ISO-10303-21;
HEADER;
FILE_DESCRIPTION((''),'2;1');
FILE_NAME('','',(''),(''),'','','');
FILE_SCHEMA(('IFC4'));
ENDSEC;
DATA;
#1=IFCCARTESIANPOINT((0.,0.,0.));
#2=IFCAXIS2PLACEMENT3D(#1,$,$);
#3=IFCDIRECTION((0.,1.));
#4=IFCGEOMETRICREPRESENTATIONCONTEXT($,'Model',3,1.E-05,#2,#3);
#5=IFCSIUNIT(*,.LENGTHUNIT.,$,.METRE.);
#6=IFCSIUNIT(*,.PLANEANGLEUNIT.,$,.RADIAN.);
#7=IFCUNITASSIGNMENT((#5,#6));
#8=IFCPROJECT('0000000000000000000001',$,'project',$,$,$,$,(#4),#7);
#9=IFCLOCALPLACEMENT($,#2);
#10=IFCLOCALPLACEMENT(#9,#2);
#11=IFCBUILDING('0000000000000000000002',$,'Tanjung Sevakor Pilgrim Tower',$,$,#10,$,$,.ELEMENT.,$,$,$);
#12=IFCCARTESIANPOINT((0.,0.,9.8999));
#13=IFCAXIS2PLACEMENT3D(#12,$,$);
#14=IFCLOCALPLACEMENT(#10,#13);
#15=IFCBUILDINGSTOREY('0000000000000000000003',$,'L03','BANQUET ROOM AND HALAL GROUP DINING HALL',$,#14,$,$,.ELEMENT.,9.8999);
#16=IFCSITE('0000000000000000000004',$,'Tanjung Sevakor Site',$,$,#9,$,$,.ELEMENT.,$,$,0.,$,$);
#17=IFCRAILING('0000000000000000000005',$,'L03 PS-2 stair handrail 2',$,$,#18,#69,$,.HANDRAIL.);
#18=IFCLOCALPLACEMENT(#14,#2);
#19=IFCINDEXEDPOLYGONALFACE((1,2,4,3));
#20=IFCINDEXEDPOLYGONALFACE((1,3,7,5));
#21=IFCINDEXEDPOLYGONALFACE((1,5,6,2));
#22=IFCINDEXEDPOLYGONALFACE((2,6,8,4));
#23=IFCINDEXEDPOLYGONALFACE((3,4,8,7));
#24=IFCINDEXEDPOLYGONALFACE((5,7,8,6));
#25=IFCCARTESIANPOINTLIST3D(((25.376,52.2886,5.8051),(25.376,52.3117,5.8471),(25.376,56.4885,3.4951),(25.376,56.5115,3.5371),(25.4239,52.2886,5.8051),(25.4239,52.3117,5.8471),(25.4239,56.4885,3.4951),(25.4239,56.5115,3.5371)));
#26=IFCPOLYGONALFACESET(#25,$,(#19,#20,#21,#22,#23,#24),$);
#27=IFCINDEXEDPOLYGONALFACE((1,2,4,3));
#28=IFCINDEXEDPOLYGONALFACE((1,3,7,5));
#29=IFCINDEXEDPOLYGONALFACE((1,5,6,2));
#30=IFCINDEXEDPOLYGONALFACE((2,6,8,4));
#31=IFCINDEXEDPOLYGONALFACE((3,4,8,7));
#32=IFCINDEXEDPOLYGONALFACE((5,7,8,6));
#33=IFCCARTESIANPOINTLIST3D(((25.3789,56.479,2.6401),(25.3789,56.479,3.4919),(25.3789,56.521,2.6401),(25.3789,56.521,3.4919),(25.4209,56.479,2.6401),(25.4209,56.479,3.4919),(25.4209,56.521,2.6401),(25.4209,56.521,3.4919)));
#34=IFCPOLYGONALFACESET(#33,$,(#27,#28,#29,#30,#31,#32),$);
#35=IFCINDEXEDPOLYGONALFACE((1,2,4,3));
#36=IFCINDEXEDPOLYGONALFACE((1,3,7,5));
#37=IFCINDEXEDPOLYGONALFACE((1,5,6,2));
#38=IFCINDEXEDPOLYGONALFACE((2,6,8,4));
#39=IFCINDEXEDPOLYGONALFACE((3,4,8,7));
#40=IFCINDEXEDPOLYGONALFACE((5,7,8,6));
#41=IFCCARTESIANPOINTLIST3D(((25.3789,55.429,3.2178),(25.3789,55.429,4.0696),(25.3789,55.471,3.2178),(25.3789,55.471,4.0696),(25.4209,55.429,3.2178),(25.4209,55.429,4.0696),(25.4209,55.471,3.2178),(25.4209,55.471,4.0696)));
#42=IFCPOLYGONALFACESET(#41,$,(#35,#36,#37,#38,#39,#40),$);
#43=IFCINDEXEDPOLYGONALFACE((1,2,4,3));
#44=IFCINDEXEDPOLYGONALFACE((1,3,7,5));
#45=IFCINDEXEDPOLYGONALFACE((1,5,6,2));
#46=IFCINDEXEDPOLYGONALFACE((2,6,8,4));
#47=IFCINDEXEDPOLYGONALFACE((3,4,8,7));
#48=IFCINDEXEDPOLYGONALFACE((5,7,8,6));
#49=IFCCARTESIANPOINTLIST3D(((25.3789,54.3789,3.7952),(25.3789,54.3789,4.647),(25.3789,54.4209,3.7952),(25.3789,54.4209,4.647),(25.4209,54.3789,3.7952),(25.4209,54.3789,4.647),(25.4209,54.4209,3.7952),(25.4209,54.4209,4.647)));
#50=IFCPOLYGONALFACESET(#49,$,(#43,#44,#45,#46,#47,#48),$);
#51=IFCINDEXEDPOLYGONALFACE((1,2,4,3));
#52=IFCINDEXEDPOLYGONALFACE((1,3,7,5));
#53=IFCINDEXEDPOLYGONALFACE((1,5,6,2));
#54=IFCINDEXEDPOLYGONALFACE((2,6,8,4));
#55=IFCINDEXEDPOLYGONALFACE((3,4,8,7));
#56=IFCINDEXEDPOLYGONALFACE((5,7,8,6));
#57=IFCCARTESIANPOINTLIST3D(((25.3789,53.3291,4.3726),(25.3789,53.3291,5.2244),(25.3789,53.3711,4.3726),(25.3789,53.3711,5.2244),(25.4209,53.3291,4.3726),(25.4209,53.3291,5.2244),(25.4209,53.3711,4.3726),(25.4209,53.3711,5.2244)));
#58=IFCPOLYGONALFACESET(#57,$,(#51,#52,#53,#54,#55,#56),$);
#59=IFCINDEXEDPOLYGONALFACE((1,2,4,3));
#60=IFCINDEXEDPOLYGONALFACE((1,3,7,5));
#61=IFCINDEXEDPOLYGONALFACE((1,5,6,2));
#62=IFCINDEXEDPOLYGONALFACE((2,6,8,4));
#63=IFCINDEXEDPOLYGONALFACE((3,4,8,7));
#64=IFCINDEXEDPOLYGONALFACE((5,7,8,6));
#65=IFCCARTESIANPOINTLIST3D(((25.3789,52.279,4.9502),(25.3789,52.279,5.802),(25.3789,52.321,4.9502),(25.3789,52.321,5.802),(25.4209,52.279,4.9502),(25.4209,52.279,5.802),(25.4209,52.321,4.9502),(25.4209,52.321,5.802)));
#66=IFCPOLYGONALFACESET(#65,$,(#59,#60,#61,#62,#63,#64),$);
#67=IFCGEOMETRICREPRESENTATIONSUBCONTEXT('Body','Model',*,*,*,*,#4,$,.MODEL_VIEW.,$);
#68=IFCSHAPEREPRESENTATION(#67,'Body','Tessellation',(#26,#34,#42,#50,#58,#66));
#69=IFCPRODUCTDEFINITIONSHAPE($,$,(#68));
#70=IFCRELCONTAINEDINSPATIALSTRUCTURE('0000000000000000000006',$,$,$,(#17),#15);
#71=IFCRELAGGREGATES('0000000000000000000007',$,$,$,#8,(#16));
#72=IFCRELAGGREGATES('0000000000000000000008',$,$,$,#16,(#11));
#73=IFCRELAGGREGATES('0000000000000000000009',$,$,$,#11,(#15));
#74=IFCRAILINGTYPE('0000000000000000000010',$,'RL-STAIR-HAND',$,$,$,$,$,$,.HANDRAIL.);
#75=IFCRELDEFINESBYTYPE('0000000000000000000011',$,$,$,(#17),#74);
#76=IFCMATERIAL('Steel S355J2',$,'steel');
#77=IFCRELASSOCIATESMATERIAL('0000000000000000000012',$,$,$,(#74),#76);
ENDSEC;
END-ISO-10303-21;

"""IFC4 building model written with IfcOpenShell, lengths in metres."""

from ifc_helpers import new_model, si_unit, direction, frame, origin, place, context, subcontext, project, spatial, rectangle, extrude, material, type_object, element, save


model = new_model("IFC4")

# Units and contexts
model_context = context("Model", 3, precision=1e-05, world=origin(), true_north=direction((0.0, 1.0)))
body_context = subcontext(model_context, "Body", "Model", "MODEL_VIEW")
ifc_project = project(units=[si_unit("LENGTHUNIT", "METRE"), si_unit("PLANEANGLEUNIT", "RADIAN")], contexts=[model_context])

# Site, building, storey
site_placement = place(None, origin())
site = spatial("IfcSite", under=ifc_project, at=site_placement, Name="Tanjung Sevakor Site", CompositionType="ELEMENT", RefElevation=0.0)
building_placement = place(site_placement, origin())
building = spatial("IfcBuilding", under=site, at=building_placement, Name="Tanjung Sevakor Pilgrim Tower", CompositionType="ELEMENT")
storey_placement = place(building_placement, frame((0.0, 0.0, 9.8999)))
storey = spatial("IfcBuildingStorey", under=building, at=storey_placement, Name="L03", Description="BANQUET ROOM AND HALAL GROUP DINING HALL", CompositionType="ELEMENT", Elevation=9.8999)

# Railing
ifc_material_1 = material(Name="Steel S355J2", Category="steel")
railing_type_1 = type_object("IfcRailingType", Name="RL-STAIR-HAND", PredefinedType="HANDRAIL", material=ifc_material_1)
railing_1_placement = place(storey_placement, frame((25.3999, 56.5, 2.6401)))
element("IfcRailing", 1, at=railing_1_placement, inside=storey, type_object=railing_type_1, Name="L03 PS-2 stair handrail 2", PredefinedType="HANDRAIL", context=body_context, shape_type="SweptSolid", body=[
    extrude(rectangle(XDim=0.0479, YDim=0.0479), frame((0.0, 0.0, 0.876), z_axis=(0.0, -0.876208, 0.481932), x_axis=(1.0, 0.0, 0.0)), (0.0, 0.0, 1.0), 4.7932),
    extrude(rectangle(XDim=0.042, YDim=0.042), origin(), (0.0, 0.0, 1.0), 0.8518),
    extrude(rectangle(XDim=0.042, YDim=0.042), frame((0.0, -1.05, 0.5776)), (0.0, 0.0, 1.0), 0.8518),
    extrude(rectangle(XDim=0.042, YDim=0.042), frame((0.0, -2.1001, 1.155)), (0.0, 0.0, 1.0), 0.8518),
    extrude(rectangle(XDim=0.042, YDim=0.042), frame((0.0, -3.1499, 1.7324)), (0.0, 0.0, 1.0), 0.8518),
    extrude(rectangle(XDim=0.042, YDim=0.042), frame((0.0, -4.2, 2.3101)), (0.0, 0.0, 1.0), 0.8518),
])

save(model, "model.ifc")
